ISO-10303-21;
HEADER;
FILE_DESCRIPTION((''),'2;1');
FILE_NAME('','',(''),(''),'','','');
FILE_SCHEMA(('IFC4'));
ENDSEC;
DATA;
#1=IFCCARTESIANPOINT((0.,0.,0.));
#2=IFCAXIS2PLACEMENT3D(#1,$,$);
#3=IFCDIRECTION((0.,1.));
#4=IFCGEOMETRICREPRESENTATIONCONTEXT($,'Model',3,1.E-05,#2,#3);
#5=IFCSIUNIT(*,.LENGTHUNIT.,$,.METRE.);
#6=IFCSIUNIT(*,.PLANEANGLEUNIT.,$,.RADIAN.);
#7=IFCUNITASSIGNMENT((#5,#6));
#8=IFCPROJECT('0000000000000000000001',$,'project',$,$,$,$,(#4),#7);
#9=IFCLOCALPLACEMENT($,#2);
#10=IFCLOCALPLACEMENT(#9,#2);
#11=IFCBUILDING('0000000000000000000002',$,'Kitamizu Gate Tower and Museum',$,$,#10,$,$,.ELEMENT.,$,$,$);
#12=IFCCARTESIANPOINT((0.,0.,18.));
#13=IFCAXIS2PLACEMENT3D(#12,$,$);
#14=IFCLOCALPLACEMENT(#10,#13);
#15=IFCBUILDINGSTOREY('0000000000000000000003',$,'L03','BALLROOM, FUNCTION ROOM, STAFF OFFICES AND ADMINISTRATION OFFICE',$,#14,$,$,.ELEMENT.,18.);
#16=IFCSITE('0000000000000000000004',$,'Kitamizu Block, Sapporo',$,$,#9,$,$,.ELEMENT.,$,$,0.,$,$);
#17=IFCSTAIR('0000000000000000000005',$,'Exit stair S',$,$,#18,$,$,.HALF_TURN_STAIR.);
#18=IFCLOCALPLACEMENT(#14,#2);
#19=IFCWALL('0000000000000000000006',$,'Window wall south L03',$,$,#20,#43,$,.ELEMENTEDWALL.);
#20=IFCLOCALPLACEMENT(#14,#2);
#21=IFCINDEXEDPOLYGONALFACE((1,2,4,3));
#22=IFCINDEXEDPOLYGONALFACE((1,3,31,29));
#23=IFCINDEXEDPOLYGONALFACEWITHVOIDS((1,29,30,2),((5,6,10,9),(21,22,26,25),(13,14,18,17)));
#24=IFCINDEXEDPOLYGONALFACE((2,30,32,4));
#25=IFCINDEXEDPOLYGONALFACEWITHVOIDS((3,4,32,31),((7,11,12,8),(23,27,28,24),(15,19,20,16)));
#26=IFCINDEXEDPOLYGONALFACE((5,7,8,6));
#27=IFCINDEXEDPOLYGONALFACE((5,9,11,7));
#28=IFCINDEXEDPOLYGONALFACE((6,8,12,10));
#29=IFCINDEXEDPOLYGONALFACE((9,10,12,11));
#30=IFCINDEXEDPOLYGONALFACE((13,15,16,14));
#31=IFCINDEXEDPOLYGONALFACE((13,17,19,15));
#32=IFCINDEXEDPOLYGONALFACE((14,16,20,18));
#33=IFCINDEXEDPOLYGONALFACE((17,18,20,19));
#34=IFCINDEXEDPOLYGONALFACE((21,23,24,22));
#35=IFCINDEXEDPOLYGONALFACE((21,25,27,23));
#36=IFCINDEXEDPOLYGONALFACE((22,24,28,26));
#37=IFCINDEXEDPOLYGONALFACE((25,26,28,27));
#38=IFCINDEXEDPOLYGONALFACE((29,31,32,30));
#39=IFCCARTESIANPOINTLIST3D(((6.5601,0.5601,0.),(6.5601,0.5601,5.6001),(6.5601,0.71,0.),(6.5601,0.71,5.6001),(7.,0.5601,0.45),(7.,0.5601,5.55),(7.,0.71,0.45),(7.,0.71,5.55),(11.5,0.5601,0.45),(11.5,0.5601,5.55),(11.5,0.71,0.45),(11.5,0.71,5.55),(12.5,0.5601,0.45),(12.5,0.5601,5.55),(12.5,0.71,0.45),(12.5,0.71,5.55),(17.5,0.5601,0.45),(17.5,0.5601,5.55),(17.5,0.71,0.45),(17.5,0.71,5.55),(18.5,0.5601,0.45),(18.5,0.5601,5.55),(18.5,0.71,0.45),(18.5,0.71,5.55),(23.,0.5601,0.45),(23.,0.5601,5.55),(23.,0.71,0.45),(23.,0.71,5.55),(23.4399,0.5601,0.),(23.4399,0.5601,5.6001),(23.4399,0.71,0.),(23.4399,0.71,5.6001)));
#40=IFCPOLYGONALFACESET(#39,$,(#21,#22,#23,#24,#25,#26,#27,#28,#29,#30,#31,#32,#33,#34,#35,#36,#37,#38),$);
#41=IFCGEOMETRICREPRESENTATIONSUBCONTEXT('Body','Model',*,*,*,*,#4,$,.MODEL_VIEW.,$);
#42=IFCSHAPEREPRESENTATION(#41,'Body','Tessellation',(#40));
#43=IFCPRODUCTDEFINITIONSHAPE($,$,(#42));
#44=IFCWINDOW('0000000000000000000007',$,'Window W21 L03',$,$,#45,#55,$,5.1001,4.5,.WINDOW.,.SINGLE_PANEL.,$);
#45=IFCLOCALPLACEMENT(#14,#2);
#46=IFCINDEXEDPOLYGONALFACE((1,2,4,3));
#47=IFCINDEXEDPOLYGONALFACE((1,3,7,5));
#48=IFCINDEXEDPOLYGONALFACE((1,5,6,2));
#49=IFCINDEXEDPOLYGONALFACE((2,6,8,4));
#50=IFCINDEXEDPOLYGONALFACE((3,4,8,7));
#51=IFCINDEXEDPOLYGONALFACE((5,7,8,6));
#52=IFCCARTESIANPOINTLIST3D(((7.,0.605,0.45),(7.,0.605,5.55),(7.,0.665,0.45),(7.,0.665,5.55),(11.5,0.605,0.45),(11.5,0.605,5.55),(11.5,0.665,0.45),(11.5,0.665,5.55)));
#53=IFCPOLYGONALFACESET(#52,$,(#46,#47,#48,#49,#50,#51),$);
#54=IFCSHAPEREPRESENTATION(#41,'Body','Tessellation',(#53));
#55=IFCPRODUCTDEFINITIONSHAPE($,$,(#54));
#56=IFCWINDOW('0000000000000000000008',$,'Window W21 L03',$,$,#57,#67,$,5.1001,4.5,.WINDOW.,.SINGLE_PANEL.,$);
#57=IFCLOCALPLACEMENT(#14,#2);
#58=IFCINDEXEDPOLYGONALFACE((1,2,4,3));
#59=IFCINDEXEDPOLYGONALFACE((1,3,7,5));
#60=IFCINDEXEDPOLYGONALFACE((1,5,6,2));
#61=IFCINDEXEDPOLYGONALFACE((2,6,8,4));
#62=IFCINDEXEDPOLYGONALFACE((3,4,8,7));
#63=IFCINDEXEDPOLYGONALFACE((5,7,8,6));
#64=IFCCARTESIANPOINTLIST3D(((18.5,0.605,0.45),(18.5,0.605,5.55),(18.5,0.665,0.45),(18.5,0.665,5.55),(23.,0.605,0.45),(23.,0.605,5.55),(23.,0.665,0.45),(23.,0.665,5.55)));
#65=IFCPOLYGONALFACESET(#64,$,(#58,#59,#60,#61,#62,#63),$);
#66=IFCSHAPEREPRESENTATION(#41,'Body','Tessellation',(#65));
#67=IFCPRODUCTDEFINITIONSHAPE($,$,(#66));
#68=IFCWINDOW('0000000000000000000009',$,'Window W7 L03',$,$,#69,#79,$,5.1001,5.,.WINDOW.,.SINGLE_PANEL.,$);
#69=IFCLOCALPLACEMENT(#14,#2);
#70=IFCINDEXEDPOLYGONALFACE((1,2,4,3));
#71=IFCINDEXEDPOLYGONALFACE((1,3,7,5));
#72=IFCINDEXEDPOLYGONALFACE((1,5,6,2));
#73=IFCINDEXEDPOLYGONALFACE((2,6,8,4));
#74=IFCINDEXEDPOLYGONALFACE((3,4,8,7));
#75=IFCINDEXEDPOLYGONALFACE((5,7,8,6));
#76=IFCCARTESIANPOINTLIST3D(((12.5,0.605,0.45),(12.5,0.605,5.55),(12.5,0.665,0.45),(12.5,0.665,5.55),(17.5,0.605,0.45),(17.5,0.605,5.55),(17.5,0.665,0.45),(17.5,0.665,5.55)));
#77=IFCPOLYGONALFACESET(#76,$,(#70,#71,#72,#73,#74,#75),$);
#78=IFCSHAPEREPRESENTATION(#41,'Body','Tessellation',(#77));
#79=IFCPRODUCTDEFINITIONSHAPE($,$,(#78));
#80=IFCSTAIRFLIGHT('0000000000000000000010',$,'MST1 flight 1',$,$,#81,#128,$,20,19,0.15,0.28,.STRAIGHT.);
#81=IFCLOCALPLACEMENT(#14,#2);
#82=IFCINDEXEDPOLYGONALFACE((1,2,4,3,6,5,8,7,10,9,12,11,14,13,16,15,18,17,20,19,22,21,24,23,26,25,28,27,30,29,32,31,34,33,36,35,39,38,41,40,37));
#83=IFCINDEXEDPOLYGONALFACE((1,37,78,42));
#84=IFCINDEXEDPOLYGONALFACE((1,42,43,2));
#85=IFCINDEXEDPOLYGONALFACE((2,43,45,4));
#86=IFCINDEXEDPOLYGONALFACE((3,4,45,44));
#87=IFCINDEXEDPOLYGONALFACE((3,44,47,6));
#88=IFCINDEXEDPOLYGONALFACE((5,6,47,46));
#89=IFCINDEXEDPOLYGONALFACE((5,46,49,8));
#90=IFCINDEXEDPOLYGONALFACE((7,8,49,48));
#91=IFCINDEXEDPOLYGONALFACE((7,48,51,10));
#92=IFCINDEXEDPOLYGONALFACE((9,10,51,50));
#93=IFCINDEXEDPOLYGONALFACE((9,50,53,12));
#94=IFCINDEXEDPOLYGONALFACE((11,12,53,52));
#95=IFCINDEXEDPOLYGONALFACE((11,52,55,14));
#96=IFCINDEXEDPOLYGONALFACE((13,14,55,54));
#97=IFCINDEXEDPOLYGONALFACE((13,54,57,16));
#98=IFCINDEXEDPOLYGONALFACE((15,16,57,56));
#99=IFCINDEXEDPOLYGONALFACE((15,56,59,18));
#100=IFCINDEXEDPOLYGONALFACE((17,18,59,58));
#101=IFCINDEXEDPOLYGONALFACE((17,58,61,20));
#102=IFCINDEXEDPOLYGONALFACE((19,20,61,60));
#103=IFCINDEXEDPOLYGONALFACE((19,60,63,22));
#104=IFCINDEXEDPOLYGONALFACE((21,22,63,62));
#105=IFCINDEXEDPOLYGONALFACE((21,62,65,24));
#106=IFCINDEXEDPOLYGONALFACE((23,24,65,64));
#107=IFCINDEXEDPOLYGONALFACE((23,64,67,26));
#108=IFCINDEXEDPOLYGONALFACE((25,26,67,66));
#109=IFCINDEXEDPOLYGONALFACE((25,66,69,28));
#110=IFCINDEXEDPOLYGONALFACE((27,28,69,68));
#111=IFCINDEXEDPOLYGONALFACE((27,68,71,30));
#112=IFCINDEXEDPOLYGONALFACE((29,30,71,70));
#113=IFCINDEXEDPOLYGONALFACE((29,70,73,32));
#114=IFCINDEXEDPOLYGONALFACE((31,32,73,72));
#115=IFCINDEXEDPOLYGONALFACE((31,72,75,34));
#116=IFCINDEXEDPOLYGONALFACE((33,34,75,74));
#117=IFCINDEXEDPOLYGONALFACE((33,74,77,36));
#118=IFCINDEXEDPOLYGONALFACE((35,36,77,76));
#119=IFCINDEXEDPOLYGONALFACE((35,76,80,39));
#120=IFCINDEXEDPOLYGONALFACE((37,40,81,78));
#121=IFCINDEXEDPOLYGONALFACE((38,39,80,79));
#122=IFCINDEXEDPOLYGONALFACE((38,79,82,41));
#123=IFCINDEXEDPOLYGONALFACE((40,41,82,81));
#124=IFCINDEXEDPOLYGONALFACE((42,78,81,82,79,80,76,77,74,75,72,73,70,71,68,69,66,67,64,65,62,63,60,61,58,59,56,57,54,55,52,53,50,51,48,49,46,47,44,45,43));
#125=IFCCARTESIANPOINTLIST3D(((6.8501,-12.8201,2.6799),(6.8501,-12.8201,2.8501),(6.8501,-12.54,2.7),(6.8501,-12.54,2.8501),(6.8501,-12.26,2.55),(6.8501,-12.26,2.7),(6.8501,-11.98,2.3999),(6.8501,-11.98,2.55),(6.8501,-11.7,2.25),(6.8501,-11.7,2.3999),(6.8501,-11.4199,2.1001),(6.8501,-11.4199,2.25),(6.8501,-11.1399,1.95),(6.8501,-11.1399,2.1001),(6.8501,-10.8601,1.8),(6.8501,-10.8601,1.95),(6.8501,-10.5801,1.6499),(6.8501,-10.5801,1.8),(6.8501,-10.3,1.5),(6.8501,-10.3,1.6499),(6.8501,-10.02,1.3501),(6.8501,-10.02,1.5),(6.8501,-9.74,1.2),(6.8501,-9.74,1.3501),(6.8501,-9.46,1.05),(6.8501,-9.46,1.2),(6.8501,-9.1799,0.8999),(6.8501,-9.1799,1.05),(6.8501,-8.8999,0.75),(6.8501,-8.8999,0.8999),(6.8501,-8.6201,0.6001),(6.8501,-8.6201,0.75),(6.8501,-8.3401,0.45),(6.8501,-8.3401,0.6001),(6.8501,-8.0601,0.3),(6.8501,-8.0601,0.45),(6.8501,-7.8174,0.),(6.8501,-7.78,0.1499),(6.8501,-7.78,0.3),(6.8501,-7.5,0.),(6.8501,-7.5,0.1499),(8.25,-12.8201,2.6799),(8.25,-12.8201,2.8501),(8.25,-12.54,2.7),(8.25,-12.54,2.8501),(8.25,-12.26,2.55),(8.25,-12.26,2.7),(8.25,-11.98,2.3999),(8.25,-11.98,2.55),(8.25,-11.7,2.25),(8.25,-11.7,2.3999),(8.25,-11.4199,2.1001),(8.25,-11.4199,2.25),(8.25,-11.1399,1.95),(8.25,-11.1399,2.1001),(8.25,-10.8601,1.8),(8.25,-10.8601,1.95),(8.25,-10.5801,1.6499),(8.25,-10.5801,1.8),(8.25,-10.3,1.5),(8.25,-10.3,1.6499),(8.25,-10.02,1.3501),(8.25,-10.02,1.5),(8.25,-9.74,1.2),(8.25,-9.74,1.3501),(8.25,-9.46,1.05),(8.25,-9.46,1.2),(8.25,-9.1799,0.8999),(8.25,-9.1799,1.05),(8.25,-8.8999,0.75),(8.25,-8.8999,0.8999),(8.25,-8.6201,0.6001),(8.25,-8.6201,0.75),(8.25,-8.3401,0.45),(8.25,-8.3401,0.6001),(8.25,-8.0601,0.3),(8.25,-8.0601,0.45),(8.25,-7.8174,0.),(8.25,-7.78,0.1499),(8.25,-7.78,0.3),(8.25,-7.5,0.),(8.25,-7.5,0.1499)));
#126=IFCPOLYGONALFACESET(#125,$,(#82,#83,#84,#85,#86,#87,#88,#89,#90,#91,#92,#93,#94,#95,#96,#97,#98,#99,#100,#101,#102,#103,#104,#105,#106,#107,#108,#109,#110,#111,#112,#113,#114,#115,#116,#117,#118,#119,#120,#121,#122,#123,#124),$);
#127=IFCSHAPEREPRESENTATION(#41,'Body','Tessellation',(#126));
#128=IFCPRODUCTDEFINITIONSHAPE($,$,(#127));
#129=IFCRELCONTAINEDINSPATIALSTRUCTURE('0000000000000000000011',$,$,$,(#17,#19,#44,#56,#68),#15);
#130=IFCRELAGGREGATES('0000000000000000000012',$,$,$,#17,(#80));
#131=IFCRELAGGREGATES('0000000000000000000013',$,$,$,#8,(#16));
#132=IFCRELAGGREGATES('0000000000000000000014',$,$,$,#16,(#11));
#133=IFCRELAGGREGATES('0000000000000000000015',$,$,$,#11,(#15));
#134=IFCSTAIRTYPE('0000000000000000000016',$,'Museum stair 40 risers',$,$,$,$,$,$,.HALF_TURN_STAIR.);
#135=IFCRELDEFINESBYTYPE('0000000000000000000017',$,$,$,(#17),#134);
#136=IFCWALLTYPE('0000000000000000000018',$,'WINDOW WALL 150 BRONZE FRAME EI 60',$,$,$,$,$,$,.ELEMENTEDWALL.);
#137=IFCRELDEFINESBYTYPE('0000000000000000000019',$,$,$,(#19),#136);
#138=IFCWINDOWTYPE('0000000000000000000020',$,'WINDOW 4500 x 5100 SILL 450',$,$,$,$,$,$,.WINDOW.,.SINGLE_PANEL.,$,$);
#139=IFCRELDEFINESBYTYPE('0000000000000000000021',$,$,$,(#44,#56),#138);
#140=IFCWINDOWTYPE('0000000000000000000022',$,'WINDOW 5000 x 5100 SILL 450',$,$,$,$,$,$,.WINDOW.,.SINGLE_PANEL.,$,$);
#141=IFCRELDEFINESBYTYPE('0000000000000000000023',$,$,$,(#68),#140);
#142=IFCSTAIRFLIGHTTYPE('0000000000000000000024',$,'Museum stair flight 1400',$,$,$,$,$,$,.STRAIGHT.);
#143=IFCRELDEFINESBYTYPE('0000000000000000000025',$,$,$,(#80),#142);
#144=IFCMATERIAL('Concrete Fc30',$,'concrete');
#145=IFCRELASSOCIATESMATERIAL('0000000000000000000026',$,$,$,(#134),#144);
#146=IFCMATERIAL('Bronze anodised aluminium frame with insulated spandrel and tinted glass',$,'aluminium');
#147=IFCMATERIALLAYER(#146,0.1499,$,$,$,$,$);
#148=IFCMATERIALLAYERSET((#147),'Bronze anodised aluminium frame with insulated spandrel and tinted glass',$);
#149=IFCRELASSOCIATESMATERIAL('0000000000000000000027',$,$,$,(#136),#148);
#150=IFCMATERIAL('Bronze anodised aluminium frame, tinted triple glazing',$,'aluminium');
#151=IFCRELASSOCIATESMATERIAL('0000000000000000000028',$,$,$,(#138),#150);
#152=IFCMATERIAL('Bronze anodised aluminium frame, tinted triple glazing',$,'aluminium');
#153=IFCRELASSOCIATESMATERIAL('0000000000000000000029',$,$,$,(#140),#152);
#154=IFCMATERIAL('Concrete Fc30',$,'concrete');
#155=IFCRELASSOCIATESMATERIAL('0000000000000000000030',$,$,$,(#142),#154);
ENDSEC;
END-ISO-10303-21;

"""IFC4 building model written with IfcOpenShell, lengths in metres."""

from ifc_helpers import new_model, si_unit, direction, frame, frame_2d, origin, place, context, subcontext, project, spatial, polyline, rectangle, outline, extrude, material, layer, layer_set, type_object, element, fill, aggregate, save


model = new_model("IFC4")

# Units and contexts
model_context = context("Model", 3, precision=1e-05, world=origin(), true_north=direction((0.0, 1.0)))
body_context = subcontext(model_context, "Body", "Model", "MODEL_VIEW")
ifc_project = project(units=[si_unit("LENGTHUNIT", "METRE"), si_unit("PLANEANGLEUNIT", "RADIAN")], contexts=[model_context])

# Site, building, storey
site_placement = place(None, origin())
site = spatial("IfcSite", under=ifc_project, at=site_placement, Name="Kitamizu Block, Sapporo", CompositionType="ELEMENT", RefElevation=0.0)
building_placement = place(site_placement, origin())
building = spatial("IfcBuilding", under=site, at=building_placement, Name="Kitamizu Gate Tower and Museum", CompositionType="ELEMENT")
storey_placement = place(building_placement, frame((0.0, 0.0, 18.0)))
storey = spatial("IfcBuildingStorey", under=building, at=storey_placement, Name="L03", Description="BALLROOM, FUNCTION ROOM, STAFF OFFICES AND ADMINISTRATION OFFICE", CompositionType="ELEMENT", Elevation=18.0)

# Stair
ifc_material_1 = material(Name="Concrete Fc30", Category="concrete")
stair_type_1 = type_object("IfcStairType", Name="Museum stair 40 risers", PredefinedType="HALF_TURN_STAIR", material=ifc_material_1)
stair_1_placement = place(storey_placement, origin())
stair_1 = element("IfcStair", 1, at=stair_1_placement, inside=storey, type_object=stair_type_1, Name="Exit stair S", PredefinedType="HALF_TURN_STAIR")

# Shared definitions
ifc_material_2 = material(Name="Bronze anodised aluminium frame with insulated spandrel and tinted glass", Category="aluminium")
ifc_layer_1 = layer(ifc_material_2, 0.1499)
ifc_layer_set_1 = layer_set([ifc_layer_1], Name="Bronze anodised aluminium frame with insulated spandrel and tinted glass")
wall_type_1 = type_object("IfcWallType", Name="WINDOW WALL 150 BRONZE FRAME EI 60", PredefinedType="ELEMENTEDWALL", material=ifc_layer_set_1)

# Wall, openings, windows
wall_1_placement = place(storey_placement, frame((6.5601, 0.635, 0.0), z_axis=(0.0, 0.0, 1.0), x_axis=(1.0, 0.0, 0.0)))
wall_1 = element("IfcWall", 2, at=wall_1_placement, inside=storey, type_object=wall_type_1, Name="Window wall south L03", PredefinedType="ELEMENTEDWALL", context=body_context, shape_type="SweptSolid", body=[
    extrude(rectangle(XDim=16.8799, YDim=0.1499, at=frame_2d((8.4399, 0.0))), origin(), (0.0, 0.0, 1.0), 5.6001),
])
opening_1_placement = place(wall_1_placement, frame((0.4399, 0.0, 0.45)))
opening_1 = element("IfcOpeningElement", 3, at=opening_1_placement, cuts=wall_1, PredefinedType="OPENING", context=body_context, shape_type="SweptSolid", body=[
    extrude(rectangle(XDim=4.5, YDim=5.1001, at=frame_2d((2.25, 2.55))), frame((0.0, 0.085, 0.0), z_axis=(0.0, -1.0, 0.0), x_axis=(1.0, 0.0, 0.0)), (0.0, 0.0, 1.0), 0.1699),
])
opening_2_placement = place(wall_1_placement, frame((5.9399, 0.0, 0.45)))
opening_2 = element("IfcOpeningElement", 4, at=opening_2_placement, cuts=wall_1, PredefinedType="OPENING", context=body_context, shape_type="SweptSolid", body=[
    extrude(rectangle(XDim=5.0, YDim=5.1001, at=frame_2d((2.5, 2.55))), frame((0.0, 0.085, 0.0), z_axis=(0.0, -1.0, 0.0), x_axis=(1.0, 0.0, 0.0)), (0.0, 0.0, 1.0), 0.1699),
])
opening_3_placement = place(wall_1_placement, frame((11.9399, 0.0, 0.45)))
opening_3 = element("IfcOpeningElement", 5, at=opening_3_placement, cuts=wall_1, PredefinedType="OPENING", context=body_context, shape_type="SweptSolid", body=[
    extrude(rectangle(XDim=4.5, YDim=5.1001, at=frame_2d((2.25, 2.55))), frame((0.0, 0.085, 0.0), z_axis=(0.0, -1.0, 0.0), x_axis=(1.0, 0.0, 0.0)), (0.0, 0.0, 1.0), 0.1699),
])
ifc_material_3 = material(Name="Bronze anodised aluminium frame, tinted triple glazing", Category="aluminium")
window_type_1 = type_object("IfcWindowType", Name="WINDOW 4500 x 5100 SILL 450", PartitioningType="SINGLE_PANEL", PredefinedType="WINDOW", material=ifc_material_3)
window_1_placement = place(opening_1_placement, origin())
window_1 = element("IfcWindow", 6, at=window_1_placement, inside=storey, type_object=window_type_1, Name="Window W21 L03", OverallHeight=5.1001, OverallWidth=4.5, PartitioningType="SINGLE_PANEL", PredefinedType="WINDOW", context=body_context, shape_type="SweptSolid", body=[
    extrude(rectangle(XDim=4.5, YDim=5.1001, at=frame_2d((2.25, 2.55))), frame((0.0, 0.03, 0.0), z_axis=(0.0, -1.0, 0.0), x_axis=(1.0, 0.0, 0.0)), (0.0, 0.0, 1.0), 0.0601),
])
fill(opening_1, window_1)
window_2_placement = place(opening_3_placement, origin())
window_2 = element("IfcWindow", 7, at=window_2_placement, inside=storey, type_object=window_type_1, Name="Window W21 L03", OverallHeight=5.1001, OverallWidth=4.5, PartitioningType="SINGLE_PANEL", PredefinedType="WINDOW", context=body_context, shape_type="SweptSolid", body=[
    extrude(rectangle(XDim=4.5, YDim=5.1001, at=frame_2d((2.25, 2.55))), frame((0.0, 0.03, 0.0), z_axis=(0.0, -1.0, 0.0), x_axis=(1.0, 0.0, 0.0)), (0.0, 0.0, 1.0), 0.0601),
])
fill(opening_3, window_2)
ifc_material_4 = material(Name="Bronze anodised aluminium frame, tinted triple glazing", Category="aluminium")
window_type_2 = type_object("IfcWindowType", Name="WINDOW 5000 x 5100 SILL 450", PartitioningType="SINGLE_PANEL", PredefinedType="WINDOW", material=ifc_material_4)
window_3_placement = place(opening_2_placement, origin())
window_3 = element("IfcWindow", 8, at=window_3_placement, inside=storey, type_object=window_type_2, Name="Window W7 L03", OverallHeight=5.1001, OverallWidth=5.0, PartitioningType="SINGLE_PANEL", PredefinedType="WINDOW", context=body_context, shape_type="SweptSolid", body=[
    extrude(rectangle(XDim=5.0, YDim=5.1001, at=frame_2d((2.5, 2.55))), frame((0.0, 0.03, 0.0), z_axis=(0.0, -1.0, 0.0), x_axis=(1.0, 0.0, 0.0)), (0.0, 0.0, 1.0), 0.0601),
])
fill(opening_2, window_3)

# Stair flight
ifc_material_5 = material(Name="Concrete Fc30", Category="concrete")
stair_flight_type = type_object("IfcStairFlightType", Name="Museum stair flight 1400", PredefinedType="STRAIGHT", material=ifc_material_5)
stair_flight_placement = place(storey_placement, frame((7.55, -7.5, 0.0), z_axis=(0.0, 0.0, 1.0), x_axis=(0.0, -1.0, 0.0)))
stair_flight = element("IfcStairFlight", 9, at=stair_flight_placement, type_object=stair_flight_type, Name="MST1 flight 1", NumberOfRisers=20, NumberOfTreads=19, PredefinedType="STRAIGHT", RiserHeight=0.15, TreadLength=0.28, context=body_context, shape_type="SweptSolid", body=[
    extrude(outline(polyline([(0.0, 0.0), (0.0, 0.1499), (0.28, 0.1499), (0.28, 0.3), (0.5601, 0.3), (0.5601, 0.45), (0.8401, 0.45), (0.8401, 0.6001), (1.1201, 0.6001), (1.1201, 0.75), (1.3999, 0.75), (1.3999, 0.8999), (1.6799, 0.8999), (1.6799, 1.05), (1.96, 1.05), (1.96, 1.2), (2.24, 1.2), (2.24, 1.3501), (2.52, 1.3501), (2.52, 1.5), (2.8, 1.5), (2.8, 1.6499), (3.0801, 1.6499), (3.0801, 1.8), (3.3601, 1.8), (3.3601, 1.95), (3.6399, 1.95), (3.6399, 2.1001), (3.9199, 2.1001), (3.9199, 2.25), (4.2, 2.25), (4.2, 2.3999), (4.48, 2.3999), (4.48, 2.55), (4.76, 2.55), (4.76, 2.7), (5.04, 2.7), (5.04, 2.8501), (5.3201, 2.8501), (5.3201, 3.0), (5.3201, 2.6799), (0.3174, 0.0), (0.0, 0.0)])), frame((0.0, 0.7, 0.0), z_axis=(0.0, -1.0, 0.0), x_axis=(1.0, 0.0, 0.0)), (0.0, 0.0, 1.0), 1.3999),
])
aggregate(stair_1, [stair_flight])

save(model, "model.ifc")
